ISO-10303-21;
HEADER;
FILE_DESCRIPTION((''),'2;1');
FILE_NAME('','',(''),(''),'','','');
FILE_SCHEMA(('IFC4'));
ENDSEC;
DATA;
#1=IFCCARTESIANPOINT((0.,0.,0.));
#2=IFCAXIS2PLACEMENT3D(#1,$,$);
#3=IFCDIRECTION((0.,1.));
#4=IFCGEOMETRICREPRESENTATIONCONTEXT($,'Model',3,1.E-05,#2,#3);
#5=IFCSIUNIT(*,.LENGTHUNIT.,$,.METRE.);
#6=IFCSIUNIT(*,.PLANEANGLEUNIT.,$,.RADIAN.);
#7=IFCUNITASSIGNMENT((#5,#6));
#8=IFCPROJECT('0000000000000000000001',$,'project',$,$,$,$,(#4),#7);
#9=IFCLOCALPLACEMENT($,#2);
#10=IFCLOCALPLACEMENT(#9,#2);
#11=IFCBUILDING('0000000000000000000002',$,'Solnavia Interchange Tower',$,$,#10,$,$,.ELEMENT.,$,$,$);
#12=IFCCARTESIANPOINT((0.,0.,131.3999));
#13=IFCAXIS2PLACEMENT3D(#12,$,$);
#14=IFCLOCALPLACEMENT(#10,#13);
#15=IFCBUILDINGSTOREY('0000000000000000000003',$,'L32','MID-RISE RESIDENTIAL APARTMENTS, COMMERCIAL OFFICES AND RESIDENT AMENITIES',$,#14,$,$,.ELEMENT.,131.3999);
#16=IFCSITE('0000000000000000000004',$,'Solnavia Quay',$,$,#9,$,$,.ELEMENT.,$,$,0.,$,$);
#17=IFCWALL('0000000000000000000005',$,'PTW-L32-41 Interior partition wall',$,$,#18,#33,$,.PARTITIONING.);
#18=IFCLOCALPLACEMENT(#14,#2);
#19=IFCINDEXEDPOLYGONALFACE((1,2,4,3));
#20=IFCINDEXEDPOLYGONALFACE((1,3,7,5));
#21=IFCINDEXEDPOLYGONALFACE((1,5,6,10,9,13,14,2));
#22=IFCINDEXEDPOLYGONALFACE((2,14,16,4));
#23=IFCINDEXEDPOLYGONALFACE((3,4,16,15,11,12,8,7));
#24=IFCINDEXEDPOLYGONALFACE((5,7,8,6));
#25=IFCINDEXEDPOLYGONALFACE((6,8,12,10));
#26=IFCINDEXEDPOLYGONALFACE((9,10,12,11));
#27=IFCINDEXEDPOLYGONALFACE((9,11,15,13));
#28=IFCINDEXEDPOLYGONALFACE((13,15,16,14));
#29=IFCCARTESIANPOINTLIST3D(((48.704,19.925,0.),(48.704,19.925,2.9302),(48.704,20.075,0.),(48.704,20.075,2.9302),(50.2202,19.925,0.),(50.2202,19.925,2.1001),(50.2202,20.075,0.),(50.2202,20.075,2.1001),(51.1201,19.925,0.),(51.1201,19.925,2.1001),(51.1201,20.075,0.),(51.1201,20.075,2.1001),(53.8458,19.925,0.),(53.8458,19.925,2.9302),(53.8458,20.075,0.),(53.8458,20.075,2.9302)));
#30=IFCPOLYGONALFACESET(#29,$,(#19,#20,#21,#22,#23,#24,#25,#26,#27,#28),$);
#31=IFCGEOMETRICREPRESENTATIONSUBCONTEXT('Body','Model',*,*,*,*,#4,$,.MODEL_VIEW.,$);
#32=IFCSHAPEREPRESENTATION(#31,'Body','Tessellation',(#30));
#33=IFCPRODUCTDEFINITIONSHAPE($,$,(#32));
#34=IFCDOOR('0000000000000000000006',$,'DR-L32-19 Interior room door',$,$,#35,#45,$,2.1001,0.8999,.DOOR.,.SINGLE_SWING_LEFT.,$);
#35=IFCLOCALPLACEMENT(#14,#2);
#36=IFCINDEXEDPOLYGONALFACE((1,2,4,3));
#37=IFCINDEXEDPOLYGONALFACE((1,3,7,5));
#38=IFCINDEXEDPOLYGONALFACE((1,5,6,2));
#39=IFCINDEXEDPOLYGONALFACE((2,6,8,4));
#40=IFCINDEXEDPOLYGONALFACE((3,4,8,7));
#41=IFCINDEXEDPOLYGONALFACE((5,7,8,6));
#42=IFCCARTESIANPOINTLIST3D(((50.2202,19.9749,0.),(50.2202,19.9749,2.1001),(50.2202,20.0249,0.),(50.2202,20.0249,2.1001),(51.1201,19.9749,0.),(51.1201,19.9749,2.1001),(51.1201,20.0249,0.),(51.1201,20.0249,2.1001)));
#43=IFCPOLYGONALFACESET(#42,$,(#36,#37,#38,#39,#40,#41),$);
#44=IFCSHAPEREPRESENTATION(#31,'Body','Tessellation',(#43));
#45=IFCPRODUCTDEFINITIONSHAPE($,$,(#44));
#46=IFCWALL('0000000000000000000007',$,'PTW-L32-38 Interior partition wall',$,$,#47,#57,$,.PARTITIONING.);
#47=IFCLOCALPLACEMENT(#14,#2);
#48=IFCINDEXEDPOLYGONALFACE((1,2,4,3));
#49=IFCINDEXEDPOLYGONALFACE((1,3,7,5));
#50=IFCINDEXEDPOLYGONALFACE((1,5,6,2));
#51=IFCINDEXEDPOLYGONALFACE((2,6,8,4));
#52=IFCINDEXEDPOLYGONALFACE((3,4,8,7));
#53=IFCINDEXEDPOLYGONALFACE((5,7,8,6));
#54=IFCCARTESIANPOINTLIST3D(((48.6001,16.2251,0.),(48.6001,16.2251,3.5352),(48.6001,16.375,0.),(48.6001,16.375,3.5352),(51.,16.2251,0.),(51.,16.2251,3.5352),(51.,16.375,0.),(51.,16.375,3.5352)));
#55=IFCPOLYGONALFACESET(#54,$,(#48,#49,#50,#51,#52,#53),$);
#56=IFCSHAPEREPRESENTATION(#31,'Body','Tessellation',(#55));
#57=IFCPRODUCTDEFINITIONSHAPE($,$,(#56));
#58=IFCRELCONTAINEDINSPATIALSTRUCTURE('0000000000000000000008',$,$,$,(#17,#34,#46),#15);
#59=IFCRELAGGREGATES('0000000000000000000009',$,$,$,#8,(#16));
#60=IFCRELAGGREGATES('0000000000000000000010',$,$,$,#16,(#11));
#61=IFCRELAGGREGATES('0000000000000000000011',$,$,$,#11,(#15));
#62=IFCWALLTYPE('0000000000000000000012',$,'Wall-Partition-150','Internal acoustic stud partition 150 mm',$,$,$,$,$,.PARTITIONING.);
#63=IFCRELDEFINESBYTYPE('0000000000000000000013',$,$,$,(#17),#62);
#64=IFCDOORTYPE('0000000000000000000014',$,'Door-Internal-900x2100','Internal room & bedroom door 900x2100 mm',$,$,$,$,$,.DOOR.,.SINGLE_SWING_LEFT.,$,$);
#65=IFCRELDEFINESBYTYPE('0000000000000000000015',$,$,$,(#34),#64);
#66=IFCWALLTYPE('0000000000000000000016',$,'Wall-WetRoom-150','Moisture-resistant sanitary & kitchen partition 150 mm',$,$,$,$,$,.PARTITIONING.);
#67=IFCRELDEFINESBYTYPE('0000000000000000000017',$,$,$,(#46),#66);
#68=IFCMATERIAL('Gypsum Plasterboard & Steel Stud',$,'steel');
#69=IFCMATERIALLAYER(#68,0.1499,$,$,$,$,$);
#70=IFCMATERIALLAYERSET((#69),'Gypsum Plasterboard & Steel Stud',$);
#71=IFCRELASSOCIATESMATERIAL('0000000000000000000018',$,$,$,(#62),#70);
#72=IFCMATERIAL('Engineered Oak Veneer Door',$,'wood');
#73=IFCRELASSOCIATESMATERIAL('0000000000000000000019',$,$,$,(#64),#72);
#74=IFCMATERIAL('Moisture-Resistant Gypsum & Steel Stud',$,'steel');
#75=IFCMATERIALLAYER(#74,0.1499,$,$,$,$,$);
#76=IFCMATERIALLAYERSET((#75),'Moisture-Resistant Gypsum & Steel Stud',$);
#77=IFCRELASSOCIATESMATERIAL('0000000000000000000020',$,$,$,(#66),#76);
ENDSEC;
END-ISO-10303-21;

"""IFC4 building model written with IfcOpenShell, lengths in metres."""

from ifc_helpers import new_model, si_unit, direction, frame, frame_2d, origin, place, context, subcontext, project, spatial, rectangle, extrude, material, layer, layer_set, type_object, element, fill, save


model = new_model("IFC4")

# Units and contexts
model_context = context("Model", 3, precision=1e-05, world=origin(), true_north=direction((0.0, 1.0)))
body_context = subcontext(model_context, "Body", "Model", "MODEL_VIEW")
ifc_project = project(units=[si_unit("LENGTHUNIT", "METRE"), si_unit("PLANEANGLEUNIT", "RADIAN")], contexts=[model_context])

# Site, building, storey
site_placement = place(None, origin())
site = spatial("IfcSite", under=ifc_project, at=site_placement, Name="Solnavia Quay", CompositionType="ELEMENT", RefElevation=0.0)
building_placement = place(site_placement, origin())
building = spatial("IfcBuilding", under=site, at=building_placement, Name="Solnavia Interchange Tower", CompositionType="ELEMENT")
storey_placement = place(building_placement, frame((0.0, 0.0, 131.3999)))
storey = spatial("IfcBuildingStorey", under=building, at=storey_placement, Name="L32", Description="MID-RISE RESIDENTIAL APARTMENTS, COMMERCIAL OFFICES AND RESIDENT AMENITIES", CompositionType="ELEMENT", Elevation=131.3999)

# Wall, opening, door
ifc_material_1 = material(Name="Gypsum Plasterboard & Steel Stud", Category="steel")
ifc_layer_1 = layer(ifc_material_1, 0.1499)
ifc_layer_set_1 = layer_set([ifc_layer_1], Name="Gypsum Plasterboard & Steel Stud")
wall_type_1 = type_object("IfcWallType", Name="Wall-Partition-150", Description="Internal acoustic stud partition 150 mm", PredefinedType="PARTITIONING", material=ifc_layer_set_1)
wall_1_placement = place(storey_placement, frame((48.7041, 20.0, 0.0), z_axis=(0.0, 0.0, 1.0), x_axis=(1.0, 0.0, 0.0)))
wall_1 = element("IfcWall", 1, at=wall_1_placement, inside=storey, type_object=wall_type_1, Name="PTW-L32-41 Interior partition wall", PredefinedType="PARTITIONING", context=body_context, shape_type="SweptSolid", body=[
    extrude(rectangle(XDim=5.1418, YDim=0.1499, at=frame_2d((2.5708, 0.0))), origin(), (0.0, 0.0, 1.0), 2.9302),
])
opening_1_placement = place(wall_1_placement, frame((1.5161, 0.0, 0.0)))
opening_1 = element("IfcOpeningElement", 2, at=opening_1_placement, cuts=wall_1, PredefinedType="OPENING", context=body_context, shape_type="SweptSolid", body=[
    extrude(rectangle(XDim=0.8999, YDim=2.1001, at=frame_2d((0.45, 1.05))), frame((0.0, 0.085, 0.0), z_axis=(0.0, -1.0, 0.0), x_axis=(1.0, 0.0, 0.0)), (0.0, 0.0, 1.0), 0.1699),
])
ifc_material_2 = material(Name="Engineered Oak Veneer Door", Category="wood")
door_type_1 = type_object("IfcDoorType", Name="Door-Internal-900x2100", Description="Internal room & bedroom door 900x2100 mm", OperationType="SINGLE_SWING_LEFT", PredefinedType="DOOR", material=ifc_material_2)
door_1_placement = place(opening_1_placement, origin())
door_1 = element("IfcDoor", 3, at=door_1_placement, inside=storey, type_object=door_type_1, Name="DR-L32-19 Interior room door", OperationType="SINGLE_SWING_LEFT", OverallHeight=2.1001, OverallWidth=0.8999, PredefinedType="DOOR", context=body_context, shape_type="SweptSolid", body=[
    extrude(rectangle(XDim=0.8999, YDim=2.1001, at=frame_2d((0.45, 1.05))), frame((0.0, 0.0249, 0.0), z_axis=(0.0, -1.0, 0.0), x_axis=(1.0, 0.0, 0.0)), (0.0, 0.0, 1.0), 0.05),
])
fill(opening_1, door_1)

# Wall
ifc_material_3 = material(Name="Moisture-Resistant Gypsum & Steel Stud", Category="steel")
ifc_layer_2 = layer(ifc_material_3, 0.1499)
ifc_layer_set_2 = layer_set([ifc_layer_2], Name="Moisture-Resistant Gypsum & Steel Stud")
wall_type_2 = type_object("IfcWallType", Name="Wall-WetRoom-150", Description="Moisture-resistant sanitary & kitchen partition 150 mm", PredefinedType="PARTITIONING", material=ifc_layer_set_2)
wall_2_placement = place(storey_placement, frame((48.6001, 16.3, 0.0), z_axis=(0.0, 0.0, 1.0), x_axis=(1.0, 0.0, 0.0)))
element("IfcWall", 4, at=wall_2_placement, inside=storey, type_object=wall_type_2, Name="PTW-L32-38 Interior partition wall", PredefinedType="PARTITIONING", context=body_context, shape_type="SweptSolid", body=[
    extrude(rectangle(XDim=2.3999, YDim=0.1499, at=frame_2d((1.2, 0.0))), origin(), (0.0, 0.0, 1.0), 3.5352),
])

save(model, "model.ifc")
